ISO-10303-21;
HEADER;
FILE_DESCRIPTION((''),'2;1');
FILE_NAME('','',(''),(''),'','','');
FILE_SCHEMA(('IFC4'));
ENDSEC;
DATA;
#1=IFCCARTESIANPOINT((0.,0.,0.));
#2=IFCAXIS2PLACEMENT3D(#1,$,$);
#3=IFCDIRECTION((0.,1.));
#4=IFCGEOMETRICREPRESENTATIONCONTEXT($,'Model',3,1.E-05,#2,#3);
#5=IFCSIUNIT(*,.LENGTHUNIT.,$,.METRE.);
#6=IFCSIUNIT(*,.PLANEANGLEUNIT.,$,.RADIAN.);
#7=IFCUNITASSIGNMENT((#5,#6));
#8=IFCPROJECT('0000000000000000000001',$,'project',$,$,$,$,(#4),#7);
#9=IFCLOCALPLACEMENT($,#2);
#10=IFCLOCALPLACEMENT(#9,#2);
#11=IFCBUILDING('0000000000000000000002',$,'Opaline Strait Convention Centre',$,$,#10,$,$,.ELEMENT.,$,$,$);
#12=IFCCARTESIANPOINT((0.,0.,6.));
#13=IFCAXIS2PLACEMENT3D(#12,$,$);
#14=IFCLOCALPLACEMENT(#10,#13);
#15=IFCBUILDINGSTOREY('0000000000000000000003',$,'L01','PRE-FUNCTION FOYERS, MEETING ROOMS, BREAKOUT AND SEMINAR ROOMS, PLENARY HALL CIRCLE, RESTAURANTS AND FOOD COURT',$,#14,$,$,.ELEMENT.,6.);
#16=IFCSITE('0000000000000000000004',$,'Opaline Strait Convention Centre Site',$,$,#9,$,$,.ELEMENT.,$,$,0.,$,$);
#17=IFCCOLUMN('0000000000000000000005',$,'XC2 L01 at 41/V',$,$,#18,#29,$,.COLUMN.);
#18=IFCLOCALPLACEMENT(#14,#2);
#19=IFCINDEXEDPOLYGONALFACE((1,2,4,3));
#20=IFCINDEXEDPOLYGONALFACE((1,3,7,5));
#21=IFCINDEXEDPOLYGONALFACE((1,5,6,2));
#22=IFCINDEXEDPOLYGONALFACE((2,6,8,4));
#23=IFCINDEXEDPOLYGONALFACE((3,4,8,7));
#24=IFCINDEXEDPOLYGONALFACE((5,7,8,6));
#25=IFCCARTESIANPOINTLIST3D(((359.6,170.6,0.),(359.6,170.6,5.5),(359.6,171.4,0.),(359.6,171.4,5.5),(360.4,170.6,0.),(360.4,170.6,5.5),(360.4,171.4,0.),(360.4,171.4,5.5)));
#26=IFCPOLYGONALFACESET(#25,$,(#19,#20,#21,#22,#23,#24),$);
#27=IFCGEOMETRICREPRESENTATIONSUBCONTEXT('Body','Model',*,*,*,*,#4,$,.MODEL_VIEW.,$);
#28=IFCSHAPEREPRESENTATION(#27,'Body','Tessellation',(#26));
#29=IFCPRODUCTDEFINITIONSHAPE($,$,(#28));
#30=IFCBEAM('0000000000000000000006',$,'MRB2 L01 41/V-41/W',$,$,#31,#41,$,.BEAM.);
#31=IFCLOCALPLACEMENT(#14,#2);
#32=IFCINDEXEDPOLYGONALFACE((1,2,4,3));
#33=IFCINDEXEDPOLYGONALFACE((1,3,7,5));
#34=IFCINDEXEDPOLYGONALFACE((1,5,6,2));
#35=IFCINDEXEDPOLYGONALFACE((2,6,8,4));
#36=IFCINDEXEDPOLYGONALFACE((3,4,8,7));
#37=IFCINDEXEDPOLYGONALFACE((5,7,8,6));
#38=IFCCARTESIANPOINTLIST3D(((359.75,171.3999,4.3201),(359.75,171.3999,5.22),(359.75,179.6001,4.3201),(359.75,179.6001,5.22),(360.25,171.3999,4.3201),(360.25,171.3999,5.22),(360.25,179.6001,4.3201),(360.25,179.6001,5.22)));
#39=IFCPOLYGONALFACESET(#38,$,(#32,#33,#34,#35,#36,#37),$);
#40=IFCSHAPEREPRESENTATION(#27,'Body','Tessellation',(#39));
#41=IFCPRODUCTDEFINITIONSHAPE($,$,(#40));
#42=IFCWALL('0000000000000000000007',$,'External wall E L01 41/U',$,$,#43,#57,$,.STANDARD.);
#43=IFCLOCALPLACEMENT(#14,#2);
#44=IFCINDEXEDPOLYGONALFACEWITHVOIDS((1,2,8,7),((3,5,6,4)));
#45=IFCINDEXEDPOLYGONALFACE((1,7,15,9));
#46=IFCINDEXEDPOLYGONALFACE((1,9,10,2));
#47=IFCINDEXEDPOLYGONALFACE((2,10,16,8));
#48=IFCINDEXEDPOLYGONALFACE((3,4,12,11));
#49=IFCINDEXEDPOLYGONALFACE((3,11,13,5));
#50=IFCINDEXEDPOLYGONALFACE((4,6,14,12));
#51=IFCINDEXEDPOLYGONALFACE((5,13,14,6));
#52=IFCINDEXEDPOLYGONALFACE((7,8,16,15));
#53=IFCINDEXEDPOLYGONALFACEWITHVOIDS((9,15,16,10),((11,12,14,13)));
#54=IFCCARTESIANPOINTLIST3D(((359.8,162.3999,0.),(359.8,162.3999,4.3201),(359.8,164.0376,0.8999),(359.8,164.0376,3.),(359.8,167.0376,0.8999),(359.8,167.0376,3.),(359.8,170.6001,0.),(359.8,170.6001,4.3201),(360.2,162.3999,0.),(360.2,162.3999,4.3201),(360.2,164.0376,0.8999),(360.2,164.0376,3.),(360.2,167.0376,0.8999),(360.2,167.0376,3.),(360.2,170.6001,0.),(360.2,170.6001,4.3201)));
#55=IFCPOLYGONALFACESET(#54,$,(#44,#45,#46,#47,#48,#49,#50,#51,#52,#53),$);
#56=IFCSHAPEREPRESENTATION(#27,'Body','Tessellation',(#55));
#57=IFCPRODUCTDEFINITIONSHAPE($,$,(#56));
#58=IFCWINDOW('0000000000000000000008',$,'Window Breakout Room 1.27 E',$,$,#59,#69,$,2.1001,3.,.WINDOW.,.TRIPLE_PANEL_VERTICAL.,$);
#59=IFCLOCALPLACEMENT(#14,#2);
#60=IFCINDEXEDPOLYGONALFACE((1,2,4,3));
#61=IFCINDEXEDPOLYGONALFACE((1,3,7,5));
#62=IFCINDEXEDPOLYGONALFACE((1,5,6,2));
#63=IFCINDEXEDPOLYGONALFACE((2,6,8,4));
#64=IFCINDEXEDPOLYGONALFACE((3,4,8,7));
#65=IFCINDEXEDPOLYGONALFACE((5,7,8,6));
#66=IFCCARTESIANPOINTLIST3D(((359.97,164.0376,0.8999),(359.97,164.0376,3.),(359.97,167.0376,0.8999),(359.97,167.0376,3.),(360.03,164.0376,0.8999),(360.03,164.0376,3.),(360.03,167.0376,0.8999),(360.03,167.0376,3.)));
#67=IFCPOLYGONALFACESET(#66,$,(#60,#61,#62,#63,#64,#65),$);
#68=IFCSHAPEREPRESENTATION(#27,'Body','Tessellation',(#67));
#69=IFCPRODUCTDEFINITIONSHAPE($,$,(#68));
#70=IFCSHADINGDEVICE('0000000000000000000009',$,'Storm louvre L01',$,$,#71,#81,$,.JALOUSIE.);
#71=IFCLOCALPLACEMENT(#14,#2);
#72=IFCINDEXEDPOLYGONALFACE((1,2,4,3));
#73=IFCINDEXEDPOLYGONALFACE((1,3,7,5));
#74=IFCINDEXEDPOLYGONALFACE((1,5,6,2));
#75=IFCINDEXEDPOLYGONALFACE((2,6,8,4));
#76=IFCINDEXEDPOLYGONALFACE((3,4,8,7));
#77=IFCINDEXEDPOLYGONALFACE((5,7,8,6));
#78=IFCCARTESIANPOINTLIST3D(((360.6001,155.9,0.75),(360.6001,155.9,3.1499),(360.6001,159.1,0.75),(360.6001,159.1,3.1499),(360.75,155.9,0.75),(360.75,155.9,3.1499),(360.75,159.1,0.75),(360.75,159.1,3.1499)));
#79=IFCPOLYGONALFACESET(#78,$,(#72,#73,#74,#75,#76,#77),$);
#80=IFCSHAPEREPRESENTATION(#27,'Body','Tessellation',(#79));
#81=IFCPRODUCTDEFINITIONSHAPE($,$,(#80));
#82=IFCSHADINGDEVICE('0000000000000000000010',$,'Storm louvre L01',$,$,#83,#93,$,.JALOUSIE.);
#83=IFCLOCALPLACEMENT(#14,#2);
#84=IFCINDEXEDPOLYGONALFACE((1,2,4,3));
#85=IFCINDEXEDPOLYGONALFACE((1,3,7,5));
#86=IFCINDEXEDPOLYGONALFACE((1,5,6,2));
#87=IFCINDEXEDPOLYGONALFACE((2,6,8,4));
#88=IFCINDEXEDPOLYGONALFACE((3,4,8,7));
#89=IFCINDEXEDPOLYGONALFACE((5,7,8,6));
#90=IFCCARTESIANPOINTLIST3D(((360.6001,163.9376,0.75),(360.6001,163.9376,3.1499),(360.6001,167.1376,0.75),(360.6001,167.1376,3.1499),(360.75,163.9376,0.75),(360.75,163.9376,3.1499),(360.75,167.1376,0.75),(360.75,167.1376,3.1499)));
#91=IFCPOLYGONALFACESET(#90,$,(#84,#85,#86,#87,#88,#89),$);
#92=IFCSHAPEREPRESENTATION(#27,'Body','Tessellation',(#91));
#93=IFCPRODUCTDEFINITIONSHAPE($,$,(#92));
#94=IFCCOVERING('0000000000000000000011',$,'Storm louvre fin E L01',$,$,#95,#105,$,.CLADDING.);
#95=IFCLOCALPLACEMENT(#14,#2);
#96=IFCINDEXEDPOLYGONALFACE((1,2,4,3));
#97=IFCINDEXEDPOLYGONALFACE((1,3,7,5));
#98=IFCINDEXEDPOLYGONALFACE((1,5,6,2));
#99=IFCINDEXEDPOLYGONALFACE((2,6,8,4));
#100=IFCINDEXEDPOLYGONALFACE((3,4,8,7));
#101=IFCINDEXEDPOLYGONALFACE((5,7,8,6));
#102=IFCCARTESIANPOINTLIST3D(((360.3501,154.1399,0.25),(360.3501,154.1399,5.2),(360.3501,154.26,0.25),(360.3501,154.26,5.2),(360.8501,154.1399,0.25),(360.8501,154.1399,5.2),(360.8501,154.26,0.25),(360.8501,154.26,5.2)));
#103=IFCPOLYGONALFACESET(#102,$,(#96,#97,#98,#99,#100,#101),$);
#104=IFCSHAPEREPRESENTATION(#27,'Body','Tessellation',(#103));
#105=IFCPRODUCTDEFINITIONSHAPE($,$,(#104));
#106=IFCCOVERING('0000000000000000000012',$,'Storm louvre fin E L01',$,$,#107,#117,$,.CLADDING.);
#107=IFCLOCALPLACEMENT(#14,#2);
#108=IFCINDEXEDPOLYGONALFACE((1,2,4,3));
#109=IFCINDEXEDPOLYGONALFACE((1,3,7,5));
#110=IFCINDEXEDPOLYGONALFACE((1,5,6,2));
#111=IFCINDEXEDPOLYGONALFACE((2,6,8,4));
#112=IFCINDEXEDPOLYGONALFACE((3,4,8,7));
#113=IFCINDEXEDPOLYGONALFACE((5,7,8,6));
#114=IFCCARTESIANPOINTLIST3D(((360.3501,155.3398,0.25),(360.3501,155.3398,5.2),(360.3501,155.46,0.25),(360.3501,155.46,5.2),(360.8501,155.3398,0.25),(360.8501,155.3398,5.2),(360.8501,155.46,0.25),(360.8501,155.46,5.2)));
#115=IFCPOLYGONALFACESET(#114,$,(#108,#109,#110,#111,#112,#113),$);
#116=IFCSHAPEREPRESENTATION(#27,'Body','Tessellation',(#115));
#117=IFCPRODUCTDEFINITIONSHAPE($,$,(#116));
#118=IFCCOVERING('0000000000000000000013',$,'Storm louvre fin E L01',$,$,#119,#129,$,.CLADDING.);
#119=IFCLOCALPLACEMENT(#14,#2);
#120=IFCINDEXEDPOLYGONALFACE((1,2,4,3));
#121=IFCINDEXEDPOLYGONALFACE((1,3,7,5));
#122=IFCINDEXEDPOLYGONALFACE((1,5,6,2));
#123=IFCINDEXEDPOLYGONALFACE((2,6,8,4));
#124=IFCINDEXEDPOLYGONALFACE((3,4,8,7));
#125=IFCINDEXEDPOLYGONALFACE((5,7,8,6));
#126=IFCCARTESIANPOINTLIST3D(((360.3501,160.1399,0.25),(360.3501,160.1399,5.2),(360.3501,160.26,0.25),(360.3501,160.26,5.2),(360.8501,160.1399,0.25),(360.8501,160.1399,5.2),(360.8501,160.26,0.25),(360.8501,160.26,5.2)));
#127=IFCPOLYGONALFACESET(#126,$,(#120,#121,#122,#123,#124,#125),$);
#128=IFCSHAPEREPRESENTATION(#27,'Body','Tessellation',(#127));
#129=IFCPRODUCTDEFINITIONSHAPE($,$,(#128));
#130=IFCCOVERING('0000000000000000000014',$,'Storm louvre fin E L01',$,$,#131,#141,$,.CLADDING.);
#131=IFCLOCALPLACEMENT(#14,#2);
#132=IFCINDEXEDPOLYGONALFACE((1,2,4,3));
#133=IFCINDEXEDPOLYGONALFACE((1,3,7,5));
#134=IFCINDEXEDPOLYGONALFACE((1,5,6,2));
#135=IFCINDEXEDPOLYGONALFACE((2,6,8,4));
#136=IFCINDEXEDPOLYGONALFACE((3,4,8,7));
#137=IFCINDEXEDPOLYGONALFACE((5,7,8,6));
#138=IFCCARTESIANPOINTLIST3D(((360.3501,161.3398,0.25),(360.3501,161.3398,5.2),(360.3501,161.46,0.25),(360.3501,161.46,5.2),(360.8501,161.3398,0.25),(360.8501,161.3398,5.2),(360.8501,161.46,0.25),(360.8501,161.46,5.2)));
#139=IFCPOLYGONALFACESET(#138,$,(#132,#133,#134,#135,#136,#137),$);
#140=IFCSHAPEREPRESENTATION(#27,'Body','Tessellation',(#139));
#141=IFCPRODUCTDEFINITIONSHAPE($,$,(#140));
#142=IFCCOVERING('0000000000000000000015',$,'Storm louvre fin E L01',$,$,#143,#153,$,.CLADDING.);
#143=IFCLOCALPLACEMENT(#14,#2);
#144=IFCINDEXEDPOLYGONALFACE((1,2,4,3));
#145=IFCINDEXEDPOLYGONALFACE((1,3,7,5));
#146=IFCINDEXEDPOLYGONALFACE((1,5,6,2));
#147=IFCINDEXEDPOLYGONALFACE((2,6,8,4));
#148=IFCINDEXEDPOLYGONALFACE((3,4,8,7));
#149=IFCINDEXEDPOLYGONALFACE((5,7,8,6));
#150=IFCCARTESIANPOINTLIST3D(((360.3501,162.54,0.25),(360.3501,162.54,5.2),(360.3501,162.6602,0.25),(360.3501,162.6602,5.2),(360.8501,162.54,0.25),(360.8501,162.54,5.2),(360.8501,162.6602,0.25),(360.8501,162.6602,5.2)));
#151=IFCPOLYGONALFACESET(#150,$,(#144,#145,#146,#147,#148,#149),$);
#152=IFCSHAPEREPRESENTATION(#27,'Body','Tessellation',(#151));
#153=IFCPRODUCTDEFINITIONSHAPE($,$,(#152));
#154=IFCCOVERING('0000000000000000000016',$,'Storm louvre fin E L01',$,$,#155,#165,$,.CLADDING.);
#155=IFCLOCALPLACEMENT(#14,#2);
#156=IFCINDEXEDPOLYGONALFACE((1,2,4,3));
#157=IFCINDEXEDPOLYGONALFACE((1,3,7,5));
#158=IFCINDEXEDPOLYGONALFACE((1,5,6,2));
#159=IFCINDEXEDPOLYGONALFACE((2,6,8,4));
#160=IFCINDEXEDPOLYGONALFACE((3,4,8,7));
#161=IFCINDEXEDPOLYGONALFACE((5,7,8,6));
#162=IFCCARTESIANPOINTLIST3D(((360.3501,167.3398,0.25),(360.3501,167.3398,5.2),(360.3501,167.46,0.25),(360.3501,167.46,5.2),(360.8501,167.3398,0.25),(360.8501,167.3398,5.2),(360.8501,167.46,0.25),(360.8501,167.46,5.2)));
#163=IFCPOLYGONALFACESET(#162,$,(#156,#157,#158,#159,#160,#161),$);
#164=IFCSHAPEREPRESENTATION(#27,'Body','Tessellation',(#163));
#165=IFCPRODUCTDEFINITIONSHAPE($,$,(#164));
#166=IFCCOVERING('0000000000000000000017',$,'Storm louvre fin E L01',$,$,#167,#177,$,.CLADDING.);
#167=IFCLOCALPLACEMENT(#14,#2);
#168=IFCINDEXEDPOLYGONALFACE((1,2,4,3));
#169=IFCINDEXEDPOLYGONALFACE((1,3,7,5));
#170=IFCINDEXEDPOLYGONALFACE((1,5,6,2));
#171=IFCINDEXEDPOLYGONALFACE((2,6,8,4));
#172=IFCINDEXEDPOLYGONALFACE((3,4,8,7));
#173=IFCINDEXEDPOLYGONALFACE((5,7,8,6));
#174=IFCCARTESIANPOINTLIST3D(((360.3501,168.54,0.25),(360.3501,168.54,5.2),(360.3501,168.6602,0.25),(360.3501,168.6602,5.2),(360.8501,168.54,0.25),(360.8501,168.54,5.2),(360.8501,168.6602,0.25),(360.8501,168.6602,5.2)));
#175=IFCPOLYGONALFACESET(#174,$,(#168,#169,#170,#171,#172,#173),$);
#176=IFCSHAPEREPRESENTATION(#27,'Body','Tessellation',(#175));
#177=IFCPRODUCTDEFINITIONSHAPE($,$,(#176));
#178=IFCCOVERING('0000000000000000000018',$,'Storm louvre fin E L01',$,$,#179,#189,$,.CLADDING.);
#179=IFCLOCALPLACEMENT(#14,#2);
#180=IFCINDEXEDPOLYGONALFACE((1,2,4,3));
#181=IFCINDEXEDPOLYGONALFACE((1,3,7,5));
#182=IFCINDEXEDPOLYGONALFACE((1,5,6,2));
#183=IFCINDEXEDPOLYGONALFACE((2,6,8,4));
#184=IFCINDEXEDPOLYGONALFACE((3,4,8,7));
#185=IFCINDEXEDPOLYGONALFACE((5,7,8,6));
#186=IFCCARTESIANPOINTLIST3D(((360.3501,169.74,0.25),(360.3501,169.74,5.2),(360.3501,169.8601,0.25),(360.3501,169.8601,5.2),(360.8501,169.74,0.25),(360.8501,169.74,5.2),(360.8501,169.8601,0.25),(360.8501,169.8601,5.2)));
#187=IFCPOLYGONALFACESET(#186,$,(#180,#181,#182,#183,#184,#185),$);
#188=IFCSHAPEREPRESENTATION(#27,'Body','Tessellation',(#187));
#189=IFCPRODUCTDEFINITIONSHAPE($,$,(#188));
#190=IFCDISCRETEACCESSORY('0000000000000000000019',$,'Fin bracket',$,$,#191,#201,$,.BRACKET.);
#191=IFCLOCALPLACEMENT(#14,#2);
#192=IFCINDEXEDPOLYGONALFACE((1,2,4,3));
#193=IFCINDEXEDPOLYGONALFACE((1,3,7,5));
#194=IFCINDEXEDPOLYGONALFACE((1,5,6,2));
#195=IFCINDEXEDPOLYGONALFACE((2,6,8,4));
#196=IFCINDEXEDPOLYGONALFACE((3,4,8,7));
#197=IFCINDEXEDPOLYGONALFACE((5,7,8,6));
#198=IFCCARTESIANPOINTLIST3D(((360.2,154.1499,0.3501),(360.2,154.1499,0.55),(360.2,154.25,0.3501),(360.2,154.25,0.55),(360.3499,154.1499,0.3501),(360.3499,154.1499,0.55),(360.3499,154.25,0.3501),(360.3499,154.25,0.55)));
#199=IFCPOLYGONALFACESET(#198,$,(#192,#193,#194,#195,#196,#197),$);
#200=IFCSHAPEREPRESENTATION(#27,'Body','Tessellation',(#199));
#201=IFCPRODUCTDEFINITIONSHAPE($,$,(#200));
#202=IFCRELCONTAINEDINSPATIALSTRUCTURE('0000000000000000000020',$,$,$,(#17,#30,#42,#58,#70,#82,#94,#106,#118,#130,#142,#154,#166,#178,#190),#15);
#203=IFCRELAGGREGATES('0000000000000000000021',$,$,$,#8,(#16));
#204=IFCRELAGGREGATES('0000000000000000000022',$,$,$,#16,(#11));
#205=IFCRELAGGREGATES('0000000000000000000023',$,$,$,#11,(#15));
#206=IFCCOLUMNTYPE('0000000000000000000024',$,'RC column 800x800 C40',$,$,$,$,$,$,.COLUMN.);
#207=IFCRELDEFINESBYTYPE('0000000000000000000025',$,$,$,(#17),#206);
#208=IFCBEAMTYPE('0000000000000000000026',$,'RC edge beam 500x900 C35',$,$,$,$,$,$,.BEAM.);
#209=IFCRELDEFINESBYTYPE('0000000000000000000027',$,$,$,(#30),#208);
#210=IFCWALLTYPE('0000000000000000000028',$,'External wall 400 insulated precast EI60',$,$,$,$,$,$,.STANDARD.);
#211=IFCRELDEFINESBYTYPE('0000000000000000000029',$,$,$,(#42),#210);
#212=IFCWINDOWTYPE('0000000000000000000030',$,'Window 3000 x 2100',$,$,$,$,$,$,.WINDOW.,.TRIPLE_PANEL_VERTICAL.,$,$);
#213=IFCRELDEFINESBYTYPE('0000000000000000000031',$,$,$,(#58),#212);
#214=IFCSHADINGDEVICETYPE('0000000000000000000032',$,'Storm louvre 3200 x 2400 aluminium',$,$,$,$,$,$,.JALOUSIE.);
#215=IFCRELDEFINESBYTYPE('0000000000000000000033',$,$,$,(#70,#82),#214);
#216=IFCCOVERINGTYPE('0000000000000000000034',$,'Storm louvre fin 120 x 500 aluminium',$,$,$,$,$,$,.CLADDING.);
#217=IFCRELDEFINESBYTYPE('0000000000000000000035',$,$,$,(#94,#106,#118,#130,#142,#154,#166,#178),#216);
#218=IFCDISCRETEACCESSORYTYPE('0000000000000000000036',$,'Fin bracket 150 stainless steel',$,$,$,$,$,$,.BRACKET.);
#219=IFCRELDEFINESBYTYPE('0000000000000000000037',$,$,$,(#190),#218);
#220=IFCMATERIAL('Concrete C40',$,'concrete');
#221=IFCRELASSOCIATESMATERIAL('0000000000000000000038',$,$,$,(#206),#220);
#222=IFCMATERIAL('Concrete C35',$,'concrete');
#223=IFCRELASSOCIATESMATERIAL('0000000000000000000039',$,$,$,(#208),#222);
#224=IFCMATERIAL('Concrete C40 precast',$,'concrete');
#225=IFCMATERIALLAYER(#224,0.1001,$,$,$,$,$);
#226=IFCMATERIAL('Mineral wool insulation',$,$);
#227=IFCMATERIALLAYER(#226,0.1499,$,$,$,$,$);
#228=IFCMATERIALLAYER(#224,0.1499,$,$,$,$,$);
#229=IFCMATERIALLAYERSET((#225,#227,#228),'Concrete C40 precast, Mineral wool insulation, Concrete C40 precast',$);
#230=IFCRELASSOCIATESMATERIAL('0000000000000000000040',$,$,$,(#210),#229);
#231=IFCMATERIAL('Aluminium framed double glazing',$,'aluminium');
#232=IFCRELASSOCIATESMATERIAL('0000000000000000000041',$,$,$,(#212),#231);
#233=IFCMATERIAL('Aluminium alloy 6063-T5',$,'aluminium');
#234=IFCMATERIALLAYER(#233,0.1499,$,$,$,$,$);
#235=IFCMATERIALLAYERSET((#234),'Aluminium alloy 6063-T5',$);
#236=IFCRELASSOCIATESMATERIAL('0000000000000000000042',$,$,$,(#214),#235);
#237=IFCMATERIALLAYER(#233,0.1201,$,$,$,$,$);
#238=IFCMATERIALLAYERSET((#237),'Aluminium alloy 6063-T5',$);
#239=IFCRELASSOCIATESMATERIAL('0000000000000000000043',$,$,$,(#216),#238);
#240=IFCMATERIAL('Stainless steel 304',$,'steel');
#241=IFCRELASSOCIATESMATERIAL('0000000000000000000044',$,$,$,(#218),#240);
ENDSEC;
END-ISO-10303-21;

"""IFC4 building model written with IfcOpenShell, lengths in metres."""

from ifc_helpers import new_model, si_unit, direction, frame, frame_2d, origin, origin_2d, place, context, subcontext, project, spatial, rectangle, extrude, material, layer, layer_set, material_profile, profile_set, type_object, element, fill, save


model = new_model("IFC4")

# Units and contexts
model_context = context("Model", 3, precision=1e-05, world=origin(), true_north=direction((0.0, 1.0)))
body_context = subcontext(model_context, "Body", "Model", "MODEL_VIEW")
ifc_project = project(units=[si_unit("LENGTHUNIT", "METRE"), si_unit("PLANEANGLEUNIT", "RADIAN")], contexts=[model_context])

# Site, building, storey
site_placement = place(None, origin())
site = spatial("IfcSite", under=ifc_project, at=site_placement, Name="Opaline Strait Convention Centre Site", CompositionType="ELEMENT", RefElevation=0.0)
building_placement = place(site_placement, origin())
building = spatial("IfcBuilding", under=site, at=building_placement, Name="Opaline Strait Convention Centre", CompositionType="ELEMENT")
storey_placement = place(building_placement, frame((0.0, 0.0, 6.0)))
storey = spatial("IfcBuildingStorey", under=building, at=storey_placement, Name="L01", Description="PRE-FUNCTION FOYERS, MEETING ROOMS, BREAKOUT AND SEMINAR ROOMS, PLENARY HALL CIRCLE, RESTAURANTS AND FOOD COURT", CompositionType="ELEMENT", Elevation=6.0)

# Column
ifc_material_1 = material(Name="Concrete C40", Category="concrete")
ifc_material_profile_1 = material_profile(ifc_material_1, rectangle(XDim=0.8, YDim=0.8, at=origin_2d()), Name="RC 800x800")
ifc_profile_set_1 = profile_set([ifc_material_profile_1], Name="Concrete C40")
column_type = type_object("IfcColumnType", Name="RC column 800x800 C40", PredefinedType="COLUMN", material=ifc_profile_set_1)
column_placement = place(storey_placement, frame((360.0, 171.0, 0.0), z_axis=(0.0, 0.0, 1.0), x_axis=(1.0, 0.0, 0.0)))
element("IfcColumn", 1, at=column_placement, inside=storey, type_object=column_type, Name="XC2 L01 at 41/V", PredefinedType="COLUMN", context=body_context, shape_type="SweptSolid", body=[
    extrude(rectangle(XDim=0.8, YDim=0.8, at=origin_2d()), origin(), (0.0, 0.0, 1.0), 5.5),
])

# Beam
ifc_material_2 = material(Name="Concrete C35", Category="concrete")
ifc_material_profile_2 = material_profile(ifc_material_2, rectangle(XDim=0.5, YDim=0.8999, at=origin_2d()), Name="RC 500x900")
ifc_profile_set_2 = profile_set([ifc_material_profile_2], Name="Concrete C35")
beam_type = type_object("IfcBeamType", Name="RC edge beam 500x900 C35", PredefinedType="BEAM", material=ifc_profile_set_2)
beam_placement = place(storey_placement, frame((360.0, 171.3999, 4.77), z_axis=(0.0, 1.0, 0.0), x_axis=(-1.0, 0.0, 0.0)))
element("IfcBeam", 2, at=beam_placement, inside=storey, type_object=beam_type, Name="MRB2 L01 41/V-41/W", PredefinedType="BEAM", context=body_context, shape_type="SweptSolid", body=[
    extrude(rectangle(XDim=0.5, YDim=0.8999, at=origin_2d()), origin(), (0.0, 0.0, 1.0), 8.2002),
])

# Wall, opening, window
ifc_material_3 = material(Name="Concrete C40 precast", Category="concrete")
ifc_layer_1 = layer(ifc_material_3, 0.1001)
ifc_material_4 = material(Name="Mineral wool insulation")
ifc_layer_2 = layer(ifc_material_4, 0.1499)
ifc_layer_3 = layer(ifc_material_3, 0.1499)
ifc_layer_set_1 = layer_set([ifc_layer_1, ifc_layer_2, ifc_layer_3], Name="Concrete C40 precast, Mineral wool insulation, Concrete C40 precast")
wall_type = type_object("IfcWallType", Name="External wall 400 insulated precast EI60", PredefinedType="STANDARD", material=ifc_layer_set_1)
wall_placement = place(storey_placement, frame((360.0, 162.3999, 0.0), z_axis=(0.0, 0.0, 1.0), x_axis=(0.0, 1.0, 0.0)))
wall = element("IfcWall", 3, at=wall_placement, inside=storey, type_object=wall_type, Name="External wall E L01 41/U", PredefinedType="STANDARD", context=body_context, shape_type="SweptSolid", body=[
    extrude(rectangle(XDim=8.2002, YDim=0.3999, at=frame_2d((4.1001, 0.0))), origin(), (0.0, 0.0, 1.0), 4.3201),
])
opening_placement = place(wall_placement, frame((1.6377, 0.0, 0.8999)))
opening = element("IfcOpeningElement", 4, at=opening_placement, cuts=wall, PredefinedType="OPENING", context=body_context, shape_type="SweptSolid", body=[
    extrude(rectangle(XDim=3.0, YDim=2.1001, at=frame_2d((1.5, 1.05))), frame((0.0, 0.21, 0.0), z_axis=(0.0, -1.0, 0.0), x_axis=(1.0, 0.0, 0.0)), (0.0, 0.0, 1.0), 0.4199),
])
ifc_material_5 = material(Name="Aluminium framed double glazing", Category="aluminium")
window_type = type_object("IfcWindowType", Name="Window 3000 x 2100", PartitioningType="TRIPLE_PANEL_VERTICAL", PredefinedType="WINDOW", material=ifc_material_5)
window_placement = place(opening_placement, origin())
window = element("IfcWindow", 5, at=window_placement, inside=storey, type_object=window_type, Name="Window Breakout Room 1.27 E", OverallHeight=2.1001, OverallWidth=3.0, PartitioningType="TRIPLE_PANEL_VERTICAL", PredefinedType="WINDOW", context=body_context, shape_type="SweptSolid", body=[
    extrude(rectangle(XDim=3.0, YDim=2.1001, at=frame_2d((1.5, 1.05))), frame((0.0, 0.03, 0.0), z_axis=(0.0, -1.0, 0.0), x_axis=(1.0, 0.0, 0.0)), (0.0, 0.0, 1.0), 0.0601),
])
fill(opening, window)

# Shading devices
ifc_material_6 = material(Name="Aluminium alloy 6063-T5", Category="aluminium")
ifc_layer_4 = layer(ifc_material_6, 0.1499)
ifc_layer_set_2 = layer_set([ifc_layer_4], Name="Aluminium alloy 6063-T5")
shading_device_type = type_object("IfcShadingDeviceType", Name="Storm louvre 3200 x 2400 aluminium", PredefinedType="JALOUSIE", material=ifc_layer_set_2)
for number, where, z_axis, x_axis, name in (
    (6, (360.675, 157.5, 0.75), (0.0, 0.0, 1.0), (1.0, 0.0, 0.0), "Storm louvre L01"),
    (7, (360.675, 165.5376, 0.75), (0.0, 0.0, 1.0), (1.0, 0.0, 0.0), "Storm louvre L01"),
):
    element("IfcShadingDevice", number, at=place(storey_placement, frame(where, z_axis=z_axis, x_axis=x_axis)), inside=storey, type_object=shading_device_type, Name=name, PredefinedType="JALOUSIE", context=body_context, shape_type="SweptSolid", body=[
        extrude(rectangle(XDim=0.1499, YDim=3.2, at=origin_2d()), origin(), (0.0, 0.0, 1.0), 2.3999),
    ])

# Coverings
ifc_layer_5 = layer(ifc_material_6, 0.1201)
ifc_layer_set_3 = layer_set([ifc_layer_5], Name="Aluminium alloy 6063-T5")
covering_type = type_object("IfcCoveringType", Name="Storm louvre fin 120 x 500 aluminium", PredefinedType="CLADDING", material=ifc_layer_set_3)
for number, where, z_axis, x_axis, name in (
    (8, (360.6001, 154.2, 0.25), (0.0, 0.0, 1.0), (1.0, 0.0, 0.0), "Storm louvre fin E L01"),
    (9, (360.6001, 155.3999, 0.25), (0.0, 0.0, 1.0), (1.0, 0.0, 0.0), "Storm louvre fin E L01"),
    (10, (360.6001, 160.2, 0.25), (0.0, 0.0, 1.0), (1.0, 0.0, 0.0), "Storm louvre fin E L01"),
    (11, (360.6001, 161.3999, 0.25), (0.0, 0.0, 1.0), (1.0, 0.0, 0.0), "Storm louvre fin E L01"),
    (12, (360.6001, 162.6001, 0.25), (0.0, 0.0, 1.0), (1.0, 0.0, 0.0), "Storm louvre fin E L01"),
    (13, (360.6001, 167.3999, 0.25), (0.0, 0.0, 1.0), (1.0, 0.0, 0.0), "Storm louvre fin E L01"),
    (14, (360.6001, 168.6001, 0.25), (0.0, 0.0, 1.0), (1.0, 0.0, 0.0), "Storm louvre fin E L01"),
    (15, (360.6001, 169.8, 0.25), (0.0, 0.0, 1.0), (1.0, 0.0, 0.0), "Storm louvre fin E L01"),
):
    element("IfcCovering", number, at=place(storey_placement, frame(where, z_axis=z_axis, x_axis=x_axis)), inside=storey, type_object=covering_type, Name=name, PredefinedType="CLADDING", context=body_context, shape_type="SweptSolid", body=[
        extrude(rectangle(XDim=0.5, YDim=0.1201, at=origin_2d()), origin(), (0.0, 0.0, 1.0), 4.95),
    ])

# Discrete accessory
ifc_material_7 = material(Name="Stainless steel 304", Category="steel")
discrete_accessory_type_1 = type_object("IfcDiscreteAccessoryType", Name="Fin bracket 150 stainless steel", PredefinedType="BRACKET", material=ifc_material_7)
for number, where, z_axis, x_axis, name in (
    (16, (360.2749, 154.2, 0.3501), (0.0, 0.0, 1.0), (1.0, 0.0, 0.0), "Fin bracket"),
):
    element("IfcDiscreteAccessory", number, at=place(storey_placement, frame(where, z_axis=z_axis, x_axis=x_axis)), inside=storey, type_object=discrete_accessory_type_1, Name=name, PredefinedType="BRACKET", context=body_context, shape_type="SweptSolid", body=[
        extrude(rectangle(XDim=0.1499, YDim=0.1001, at=origin_2d()), origin(), (0.0, 0.0, 1.0), 0.2),
    ])

save(model, "model.ifc")
